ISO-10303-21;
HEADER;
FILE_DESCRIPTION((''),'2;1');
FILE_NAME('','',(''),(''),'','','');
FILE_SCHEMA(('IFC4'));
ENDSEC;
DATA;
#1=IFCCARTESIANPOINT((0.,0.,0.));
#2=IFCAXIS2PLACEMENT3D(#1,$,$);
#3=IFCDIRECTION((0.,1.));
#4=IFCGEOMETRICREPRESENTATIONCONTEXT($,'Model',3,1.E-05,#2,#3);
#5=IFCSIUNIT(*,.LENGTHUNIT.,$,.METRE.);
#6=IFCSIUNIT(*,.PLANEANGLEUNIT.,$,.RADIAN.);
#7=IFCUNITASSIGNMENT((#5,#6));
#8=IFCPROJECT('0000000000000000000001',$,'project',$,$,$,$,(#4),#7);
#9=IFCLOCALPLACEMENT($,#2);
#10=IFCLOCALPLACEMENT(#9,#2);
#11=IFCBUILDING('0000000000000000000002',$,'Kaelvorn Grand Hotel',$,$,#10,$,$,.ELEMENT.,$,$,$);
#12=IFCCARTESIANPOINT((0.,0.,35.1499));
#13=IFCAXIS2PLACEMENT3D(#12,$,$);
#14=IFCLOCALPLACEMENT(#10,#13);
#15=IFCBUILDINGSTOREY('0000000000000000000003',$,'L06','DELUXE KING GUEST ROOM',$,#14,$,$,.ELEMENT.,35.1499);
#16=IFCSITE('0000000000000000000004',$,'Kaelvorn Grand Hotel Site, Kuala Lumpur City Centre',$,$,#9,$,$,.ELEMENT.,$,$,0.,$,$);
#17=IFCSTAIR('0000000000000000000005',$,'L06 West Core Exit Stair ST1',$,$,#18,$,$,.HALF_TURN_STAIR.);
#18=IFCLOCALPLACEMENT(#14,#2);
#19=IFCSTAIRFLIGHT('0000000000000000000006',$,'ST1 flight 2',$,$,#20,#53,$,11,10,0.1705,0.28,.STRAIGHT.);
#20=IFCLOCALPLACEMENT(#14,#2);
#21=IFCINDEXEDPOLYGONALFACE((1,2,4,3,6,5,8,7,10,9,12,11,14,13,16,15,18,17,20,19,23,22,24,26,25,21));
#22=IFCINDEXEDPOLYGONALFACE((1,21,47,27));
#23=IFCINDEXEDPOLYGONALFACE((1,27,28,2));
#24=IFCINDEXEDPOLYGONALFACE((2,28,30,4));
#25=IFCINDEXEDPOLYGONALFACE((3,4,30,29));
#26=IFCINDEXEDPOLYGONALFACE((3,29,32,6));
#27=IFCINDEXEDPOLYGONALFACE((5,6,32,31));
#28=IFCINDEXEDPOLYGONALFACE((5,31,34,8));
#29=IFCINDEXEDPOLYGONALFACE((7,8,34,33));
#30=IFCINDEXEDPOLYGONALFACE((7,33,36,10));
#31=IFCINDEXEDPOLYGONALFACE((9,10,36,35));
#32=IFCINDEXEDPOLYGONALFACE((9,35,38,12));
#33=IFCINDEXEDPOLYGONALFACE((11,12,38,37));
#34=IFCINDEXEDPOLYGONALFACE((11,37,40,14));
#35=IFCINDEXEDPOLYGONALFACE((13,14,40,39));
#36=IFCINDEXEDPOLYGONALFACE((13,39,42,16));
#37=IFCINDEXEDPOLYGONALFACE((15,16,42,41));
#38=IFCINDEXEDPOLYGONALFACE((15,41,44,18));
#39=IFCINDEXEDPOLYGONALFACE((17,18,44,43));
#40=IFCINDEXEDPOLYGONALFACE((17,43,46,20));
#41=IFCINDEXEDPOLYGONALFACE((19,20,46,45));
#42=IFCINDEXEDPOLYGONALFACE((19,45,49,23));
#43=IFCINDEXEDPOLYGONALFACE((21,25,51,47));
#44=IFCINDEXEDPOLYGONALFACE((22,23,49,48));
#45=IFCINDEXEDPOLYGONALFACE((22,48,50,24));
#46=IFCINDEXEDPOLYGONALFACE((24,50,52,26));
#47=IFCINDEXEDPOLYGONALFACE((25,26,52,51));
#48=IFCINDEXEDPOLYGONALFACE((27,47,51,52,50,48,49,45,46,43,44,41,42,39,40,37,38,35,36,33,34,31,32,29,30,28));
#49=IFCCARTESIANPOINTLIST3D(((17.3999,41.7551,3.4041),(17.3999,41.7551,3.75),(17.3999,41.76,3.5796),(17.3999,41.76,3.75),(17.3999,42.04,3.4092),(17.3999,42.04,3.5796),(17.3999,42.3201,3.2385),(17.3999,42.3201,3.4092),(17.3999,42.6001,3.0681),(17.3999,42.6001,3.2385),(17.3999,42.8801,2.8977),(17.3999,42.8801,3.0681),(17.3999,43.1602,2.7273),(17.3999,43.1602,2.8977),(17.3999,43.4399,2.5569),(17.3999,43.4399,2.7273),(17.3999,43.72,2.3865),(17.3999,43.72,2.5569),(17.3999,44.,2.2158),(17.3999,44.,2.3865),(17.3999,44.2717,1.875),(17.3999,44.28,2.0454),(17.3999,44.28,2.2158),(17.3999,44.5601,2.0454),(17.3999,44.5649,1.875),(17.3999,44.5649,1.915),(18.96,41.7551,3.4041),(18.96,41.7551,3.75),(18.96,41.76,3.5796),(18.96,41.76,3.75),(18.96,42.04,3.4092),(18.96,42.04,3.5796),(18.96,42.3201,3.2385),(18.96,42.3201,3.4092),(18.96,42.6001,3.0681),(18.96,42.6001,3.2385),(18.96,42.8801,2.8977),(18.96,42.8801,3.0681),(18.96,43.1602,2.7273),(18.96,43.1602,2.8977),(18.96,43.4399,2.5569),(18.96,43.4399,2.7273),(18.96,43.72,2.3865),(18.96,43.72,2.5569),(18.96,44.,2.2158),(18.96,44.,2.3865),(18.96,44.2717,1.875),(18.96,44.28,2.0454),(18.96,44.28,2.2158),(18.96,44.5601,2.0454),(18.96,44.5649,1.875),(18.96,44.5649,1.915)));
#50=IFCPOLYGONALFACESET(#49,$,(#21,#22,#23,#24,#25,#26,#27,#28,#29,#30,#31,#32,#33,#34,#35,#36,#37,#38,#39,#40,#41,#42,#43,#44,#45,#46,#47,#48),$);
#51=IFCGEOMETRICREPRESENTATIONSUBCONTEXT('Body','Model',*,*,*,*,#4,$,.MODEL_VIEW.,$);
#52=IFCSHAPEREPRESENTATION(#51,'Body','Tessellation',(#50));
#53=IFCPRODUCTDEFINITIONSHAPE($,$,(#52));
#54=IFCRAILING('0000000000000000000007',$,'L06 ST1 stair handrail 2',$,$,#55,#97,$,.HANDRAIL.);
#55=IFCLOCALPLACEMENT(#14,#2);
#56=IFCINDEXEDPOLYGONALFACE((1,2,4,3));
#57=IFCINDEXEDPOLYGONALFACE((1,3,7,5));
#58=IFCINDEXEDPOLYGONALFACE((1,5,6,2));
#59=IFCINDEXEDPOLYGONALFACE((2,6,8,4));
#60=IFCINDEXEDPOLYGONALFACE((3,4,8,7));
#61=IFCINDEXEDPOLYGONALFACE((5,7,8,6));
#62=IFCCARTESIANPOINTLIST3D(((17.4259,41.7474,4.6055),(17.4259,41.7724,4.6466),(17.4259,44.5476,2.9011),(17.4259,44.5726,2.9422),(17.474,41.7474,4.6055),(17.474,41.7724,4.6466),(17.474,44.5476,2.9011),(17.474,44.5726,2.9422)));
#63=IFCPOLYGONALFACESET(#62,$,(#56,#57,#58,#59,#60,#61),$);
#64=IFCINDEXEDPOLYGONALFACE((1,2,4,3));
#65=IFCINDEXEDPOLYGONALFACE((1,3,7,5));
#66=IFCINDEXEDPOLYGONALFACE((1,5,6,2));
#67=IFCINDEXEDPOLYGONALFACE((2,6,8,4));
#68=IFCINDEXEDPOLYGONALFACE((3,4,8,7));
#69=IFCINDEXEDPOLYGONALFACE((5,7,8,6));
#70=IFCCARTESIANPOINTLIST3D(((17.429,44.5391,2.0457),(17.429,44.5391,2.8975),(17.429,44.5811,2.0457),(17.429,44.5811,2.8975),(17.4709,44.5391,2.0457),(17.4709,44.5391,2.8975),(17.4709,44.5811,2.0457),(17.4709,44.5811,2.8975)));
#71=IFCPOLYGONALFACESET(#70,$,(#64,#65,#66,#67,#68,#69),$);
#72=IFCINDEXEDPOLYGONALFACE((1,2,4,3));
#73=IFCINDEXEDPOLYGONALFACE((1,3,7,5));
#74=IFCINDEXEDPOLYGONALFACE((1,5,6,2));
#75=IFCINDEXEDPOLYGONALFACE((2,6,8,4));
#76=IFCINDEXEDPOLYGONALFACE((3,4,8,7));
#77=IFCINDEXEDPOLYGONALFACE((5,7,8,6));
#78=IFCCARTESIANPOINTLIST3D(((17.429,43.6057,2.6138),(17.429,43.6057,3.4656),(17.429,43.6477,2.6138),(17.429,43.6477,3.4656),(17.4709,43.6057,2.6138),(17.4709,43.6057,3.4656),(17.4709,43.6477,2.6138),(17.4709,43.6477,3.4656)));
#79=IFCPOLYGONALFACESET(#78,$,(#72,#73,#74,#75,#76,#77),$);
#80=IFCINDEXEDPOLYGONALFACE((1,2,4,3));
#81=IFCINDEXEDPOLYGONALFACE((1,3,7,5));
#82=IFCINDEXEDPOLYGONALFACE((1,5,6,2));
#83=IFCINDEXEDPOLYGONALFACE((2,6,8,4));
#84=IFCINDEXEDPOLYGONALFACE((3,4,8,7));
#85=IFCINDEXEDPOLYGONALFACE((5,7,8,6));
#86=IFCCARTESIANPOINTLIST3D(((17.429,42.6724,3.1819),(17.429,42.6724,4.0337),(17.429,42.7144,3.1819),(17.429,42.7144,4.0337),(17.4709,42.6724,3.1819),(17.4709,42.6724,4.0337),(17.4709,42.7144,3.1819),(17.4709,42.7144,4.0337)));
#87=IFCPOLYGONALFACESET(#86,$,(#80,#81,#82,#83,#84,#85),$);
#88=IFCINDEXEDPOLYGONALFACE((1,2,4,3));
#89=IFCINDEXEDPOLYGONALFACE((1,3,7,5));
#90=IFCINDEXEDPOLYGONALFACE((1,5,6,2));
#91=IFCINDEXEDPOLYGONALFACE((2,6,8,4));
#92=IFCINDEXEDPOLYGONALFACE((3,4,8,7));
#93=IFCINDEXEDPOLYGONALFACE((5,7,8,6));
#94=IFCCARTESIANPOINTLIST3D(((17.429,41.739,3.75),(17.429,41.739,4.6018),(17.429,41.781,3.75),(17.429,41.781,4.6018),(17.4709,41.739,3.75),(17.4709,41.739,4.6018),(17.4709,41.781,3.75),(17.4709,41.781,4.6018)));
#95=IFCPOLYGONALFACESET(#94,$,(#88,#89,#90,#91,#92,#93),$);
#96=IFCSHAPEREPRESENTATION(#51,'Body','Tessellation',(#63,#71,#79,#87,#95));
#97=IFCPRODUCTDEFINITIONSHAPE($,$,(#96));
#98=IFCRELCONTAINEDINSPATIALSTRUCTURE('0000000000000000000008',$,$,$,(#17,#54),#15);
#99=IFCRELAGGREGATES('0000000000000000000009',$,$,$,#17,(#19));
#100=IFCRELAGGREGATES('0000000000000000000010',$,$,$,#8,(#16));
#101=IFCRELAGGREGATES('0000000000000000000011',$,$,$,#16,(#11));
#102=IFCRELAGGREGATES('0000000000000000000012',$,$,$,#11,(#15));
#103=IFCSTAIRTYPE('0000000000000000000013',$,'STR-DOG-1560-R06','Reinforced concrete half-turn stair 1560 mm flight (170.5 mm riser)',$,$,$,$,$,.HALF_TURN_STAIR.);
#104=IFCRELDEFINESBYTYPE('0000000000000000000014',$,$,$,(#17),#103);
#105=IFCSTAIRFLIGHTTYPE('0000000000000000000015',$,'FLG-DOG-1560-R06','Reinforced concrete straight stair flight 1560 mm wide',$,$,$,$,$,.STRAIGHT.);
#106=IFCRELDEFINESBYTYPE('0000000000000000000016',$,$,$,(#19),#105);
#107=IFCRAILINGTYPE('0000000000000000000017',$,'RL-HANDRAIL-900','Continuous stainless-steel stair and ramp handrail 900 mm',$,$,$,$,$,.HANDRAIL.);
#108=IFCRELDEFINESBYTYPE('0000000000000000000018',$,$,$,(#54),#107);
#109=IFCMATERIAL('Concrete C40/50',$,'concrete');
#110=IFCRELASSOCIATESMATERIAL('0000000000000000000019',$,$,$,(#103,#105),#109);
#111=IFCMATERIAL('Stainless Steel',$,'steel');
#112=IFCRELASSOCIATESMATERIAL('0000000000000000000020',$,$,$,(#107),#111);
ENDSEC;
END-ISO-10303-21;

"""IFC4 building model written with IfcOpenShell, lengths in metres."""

from ifc_helpers import new_model, si_unit, direction, frame, origin, origin_2d, place, context, subcontext, project, spatial, polyline, rectangle, outline, extrude, material, type_object, element, aggregate, save


model = new_model("IFC4")

# Units and contexts
model_context = context("Model", 3, precision=1e-05, world=origin(), true_north=direction((0.0, 1.0)))
body_context = subcontext(model_context, "Body", "Model", "MODEL_VIEW")
ifc_project = project(units=[si_unit("LENGTHUNIT", "METRE"), si_unit("PLANEANGLEUNIT", "RADIAN")], contexts=[model_context])

# Site, building, storey
site_placement = place(None, origin())
site = spatial("IfcSite", under=ifc_project, at=site_placement, Name="Kaelvorn Grand Hotel Site, Kuala Lumpur City Centre", CompositionType="ELEMENT", RefElevation=0.0)
building_placement = place(site_placement, origin())
building = spatial("IfcBuilding", under=site, at=building_placement, Name="Kaelvorn Grand Hotel", CompositionType="ELEMENT")
storey_placement = place(building_placement, frame((0.0, 0.0, 35.1499)))
storey = spatial("IfcBuildingStorey", under=building, at=storey_placement, Name="L06", Description="DELUXE KING GUEST ROOM", CompositionType="ELEMENT", Elevation=35.1499)

# Shared definitions
ifc_material_1 = material(Name="Concrete C40/50", Category="concrete")

# Stair, stair flight
stair_type = type_object("IfcStairType", Name="STR-DOG-1560-R06", Description="Reinforced concrete half-turn stair 1560 mm flight (170.5 mm riser)", PredefinedType="HALF_TURN_STAIR", material=ifc_material_1)
stair_placement = place(storey_placement, origin())
stair = element("IfcStair", 1, at=stair_placement, inside=storey, type_object=stair_type, Name="L06 West Core Exit Stair ST1", PredefinedType="HALF_TURN_STAIR")
stair_flight_type = type_object("IfcStairFlightType", Name="FLG-DOG-1560-R06", Description="Reinforced concrete straight stair flight 1560 mm wide", PredefinedType="STRAIGHT", material=ifc_material_1)
stair_flight_placement = place(storey_placement, frame((18.1799, 44.5601, 1.875), z_axis=(0.0, 0.0, 1.0), x_axis=(0.0, -1.0, 0.0)))
stair_flight = element("IfcStairFlight", 2, at=stair_flight_placement, type_object=stair_flight_type, Name="ST1 flight 2", NumberOfRisers=11, NumberOfTreads=10, PredefinedType="STRAIGHT", RiserHeight=0.1705, TreadLength=0.28, context=body_context, shape_type="SweptSolid", body=[
    extrude(outline(polyline([(-0.0049, 0.0), (-0.0049, 0.04), (0.0, 0.1704), (0.28, 0.1704), (0.28, 0.3408), (0.5601, 0.3408), (0.5601, 0.5115), (0.8401, 0.5115), (0.8401, 0.6819), (1.1201, 0.6819), (1.1201, 0.8523), (1.3999, 0.8523), (1.3999, 1.0227), (1.6799, 1.0227), (1.6799, 1.1931), (1.96, 1.1931), (1.96, 1.3635), (2.24, 1.3635), (2.24, 1.5342), (2.52, 1.5342), (2.52, 1.7046), (2.8, 1.7046), (2.8, 1.875), (2.8049, 1.875), (2.8049, 1.5291), (0.2883, 0.0), (-0.0049, 0.0)])), frame((0.0, 0.78, 0.0), z_axis=(0.0, -1.0, 0.0), x_axis=(1.0, 0.0, 0.0)), (0.0, 0.0, 1.0), 1.5601),
])
aggregate(stair, [stair_flight])

# Railing
ifc_material_2 = material(Name="Stainless Steel", Category="steel")
railing_type = type_object("IfcRailingType", Name="RL-HANDRAIL-900", Description="Continuous stainless-steel stair and ramp handrail 900 mm", PredefinedType="HANDRAIL", material=ifc_material_2)
railing_placement = place(storey_placement, frame((17.45, 44.5601, 2.0457)))
element("IfcRailing", 3, at=railing_placement, inside=storey, type_object=railing_type, Name="L06 ST1 stair handrail 2", PredefinedType="HANDRAIL", context=body_context, shape_type="SweptSolid", body=[
    extrude(rectangle(XDim=0.0481, YDim=0.0481, at=origin_2d()), frame((0.0, 0.0, 0.876), z_axis=(0.0, -0.854203, 0.51994), x_axis=(1.0, 0.0, 0.0)), (0.0, 0.0, 1.0), 3.2781),
    extrude(rectangle(XDim=0.042, YDim=0.042, at=origin_2d()), origin(), (0.0, 0.0, 1.0), 0.8518),
    extrude(rectangle(XDim=0.042, YDim=0.042, at=origin_2d()), frame((0.0, -0.9333, 0.5681)), (0.0, 0.0, 1.0), 0.8518),
    extrude(rectangle(XDim=0.042, YDim=0.042, at=origin_2d()), frame((0.0, -1.8667, 1.1362)), (0.0, 0.0, 1.0), 0.8518),
    extrude(rectangle(XDim=0.042, YDim=0.042, at=origin_2d()), frame((0.0, -2.8, 1.7043)), (0.0, 0.0, 1.0), 0.8518),
])

save(model, "model.ifc")
